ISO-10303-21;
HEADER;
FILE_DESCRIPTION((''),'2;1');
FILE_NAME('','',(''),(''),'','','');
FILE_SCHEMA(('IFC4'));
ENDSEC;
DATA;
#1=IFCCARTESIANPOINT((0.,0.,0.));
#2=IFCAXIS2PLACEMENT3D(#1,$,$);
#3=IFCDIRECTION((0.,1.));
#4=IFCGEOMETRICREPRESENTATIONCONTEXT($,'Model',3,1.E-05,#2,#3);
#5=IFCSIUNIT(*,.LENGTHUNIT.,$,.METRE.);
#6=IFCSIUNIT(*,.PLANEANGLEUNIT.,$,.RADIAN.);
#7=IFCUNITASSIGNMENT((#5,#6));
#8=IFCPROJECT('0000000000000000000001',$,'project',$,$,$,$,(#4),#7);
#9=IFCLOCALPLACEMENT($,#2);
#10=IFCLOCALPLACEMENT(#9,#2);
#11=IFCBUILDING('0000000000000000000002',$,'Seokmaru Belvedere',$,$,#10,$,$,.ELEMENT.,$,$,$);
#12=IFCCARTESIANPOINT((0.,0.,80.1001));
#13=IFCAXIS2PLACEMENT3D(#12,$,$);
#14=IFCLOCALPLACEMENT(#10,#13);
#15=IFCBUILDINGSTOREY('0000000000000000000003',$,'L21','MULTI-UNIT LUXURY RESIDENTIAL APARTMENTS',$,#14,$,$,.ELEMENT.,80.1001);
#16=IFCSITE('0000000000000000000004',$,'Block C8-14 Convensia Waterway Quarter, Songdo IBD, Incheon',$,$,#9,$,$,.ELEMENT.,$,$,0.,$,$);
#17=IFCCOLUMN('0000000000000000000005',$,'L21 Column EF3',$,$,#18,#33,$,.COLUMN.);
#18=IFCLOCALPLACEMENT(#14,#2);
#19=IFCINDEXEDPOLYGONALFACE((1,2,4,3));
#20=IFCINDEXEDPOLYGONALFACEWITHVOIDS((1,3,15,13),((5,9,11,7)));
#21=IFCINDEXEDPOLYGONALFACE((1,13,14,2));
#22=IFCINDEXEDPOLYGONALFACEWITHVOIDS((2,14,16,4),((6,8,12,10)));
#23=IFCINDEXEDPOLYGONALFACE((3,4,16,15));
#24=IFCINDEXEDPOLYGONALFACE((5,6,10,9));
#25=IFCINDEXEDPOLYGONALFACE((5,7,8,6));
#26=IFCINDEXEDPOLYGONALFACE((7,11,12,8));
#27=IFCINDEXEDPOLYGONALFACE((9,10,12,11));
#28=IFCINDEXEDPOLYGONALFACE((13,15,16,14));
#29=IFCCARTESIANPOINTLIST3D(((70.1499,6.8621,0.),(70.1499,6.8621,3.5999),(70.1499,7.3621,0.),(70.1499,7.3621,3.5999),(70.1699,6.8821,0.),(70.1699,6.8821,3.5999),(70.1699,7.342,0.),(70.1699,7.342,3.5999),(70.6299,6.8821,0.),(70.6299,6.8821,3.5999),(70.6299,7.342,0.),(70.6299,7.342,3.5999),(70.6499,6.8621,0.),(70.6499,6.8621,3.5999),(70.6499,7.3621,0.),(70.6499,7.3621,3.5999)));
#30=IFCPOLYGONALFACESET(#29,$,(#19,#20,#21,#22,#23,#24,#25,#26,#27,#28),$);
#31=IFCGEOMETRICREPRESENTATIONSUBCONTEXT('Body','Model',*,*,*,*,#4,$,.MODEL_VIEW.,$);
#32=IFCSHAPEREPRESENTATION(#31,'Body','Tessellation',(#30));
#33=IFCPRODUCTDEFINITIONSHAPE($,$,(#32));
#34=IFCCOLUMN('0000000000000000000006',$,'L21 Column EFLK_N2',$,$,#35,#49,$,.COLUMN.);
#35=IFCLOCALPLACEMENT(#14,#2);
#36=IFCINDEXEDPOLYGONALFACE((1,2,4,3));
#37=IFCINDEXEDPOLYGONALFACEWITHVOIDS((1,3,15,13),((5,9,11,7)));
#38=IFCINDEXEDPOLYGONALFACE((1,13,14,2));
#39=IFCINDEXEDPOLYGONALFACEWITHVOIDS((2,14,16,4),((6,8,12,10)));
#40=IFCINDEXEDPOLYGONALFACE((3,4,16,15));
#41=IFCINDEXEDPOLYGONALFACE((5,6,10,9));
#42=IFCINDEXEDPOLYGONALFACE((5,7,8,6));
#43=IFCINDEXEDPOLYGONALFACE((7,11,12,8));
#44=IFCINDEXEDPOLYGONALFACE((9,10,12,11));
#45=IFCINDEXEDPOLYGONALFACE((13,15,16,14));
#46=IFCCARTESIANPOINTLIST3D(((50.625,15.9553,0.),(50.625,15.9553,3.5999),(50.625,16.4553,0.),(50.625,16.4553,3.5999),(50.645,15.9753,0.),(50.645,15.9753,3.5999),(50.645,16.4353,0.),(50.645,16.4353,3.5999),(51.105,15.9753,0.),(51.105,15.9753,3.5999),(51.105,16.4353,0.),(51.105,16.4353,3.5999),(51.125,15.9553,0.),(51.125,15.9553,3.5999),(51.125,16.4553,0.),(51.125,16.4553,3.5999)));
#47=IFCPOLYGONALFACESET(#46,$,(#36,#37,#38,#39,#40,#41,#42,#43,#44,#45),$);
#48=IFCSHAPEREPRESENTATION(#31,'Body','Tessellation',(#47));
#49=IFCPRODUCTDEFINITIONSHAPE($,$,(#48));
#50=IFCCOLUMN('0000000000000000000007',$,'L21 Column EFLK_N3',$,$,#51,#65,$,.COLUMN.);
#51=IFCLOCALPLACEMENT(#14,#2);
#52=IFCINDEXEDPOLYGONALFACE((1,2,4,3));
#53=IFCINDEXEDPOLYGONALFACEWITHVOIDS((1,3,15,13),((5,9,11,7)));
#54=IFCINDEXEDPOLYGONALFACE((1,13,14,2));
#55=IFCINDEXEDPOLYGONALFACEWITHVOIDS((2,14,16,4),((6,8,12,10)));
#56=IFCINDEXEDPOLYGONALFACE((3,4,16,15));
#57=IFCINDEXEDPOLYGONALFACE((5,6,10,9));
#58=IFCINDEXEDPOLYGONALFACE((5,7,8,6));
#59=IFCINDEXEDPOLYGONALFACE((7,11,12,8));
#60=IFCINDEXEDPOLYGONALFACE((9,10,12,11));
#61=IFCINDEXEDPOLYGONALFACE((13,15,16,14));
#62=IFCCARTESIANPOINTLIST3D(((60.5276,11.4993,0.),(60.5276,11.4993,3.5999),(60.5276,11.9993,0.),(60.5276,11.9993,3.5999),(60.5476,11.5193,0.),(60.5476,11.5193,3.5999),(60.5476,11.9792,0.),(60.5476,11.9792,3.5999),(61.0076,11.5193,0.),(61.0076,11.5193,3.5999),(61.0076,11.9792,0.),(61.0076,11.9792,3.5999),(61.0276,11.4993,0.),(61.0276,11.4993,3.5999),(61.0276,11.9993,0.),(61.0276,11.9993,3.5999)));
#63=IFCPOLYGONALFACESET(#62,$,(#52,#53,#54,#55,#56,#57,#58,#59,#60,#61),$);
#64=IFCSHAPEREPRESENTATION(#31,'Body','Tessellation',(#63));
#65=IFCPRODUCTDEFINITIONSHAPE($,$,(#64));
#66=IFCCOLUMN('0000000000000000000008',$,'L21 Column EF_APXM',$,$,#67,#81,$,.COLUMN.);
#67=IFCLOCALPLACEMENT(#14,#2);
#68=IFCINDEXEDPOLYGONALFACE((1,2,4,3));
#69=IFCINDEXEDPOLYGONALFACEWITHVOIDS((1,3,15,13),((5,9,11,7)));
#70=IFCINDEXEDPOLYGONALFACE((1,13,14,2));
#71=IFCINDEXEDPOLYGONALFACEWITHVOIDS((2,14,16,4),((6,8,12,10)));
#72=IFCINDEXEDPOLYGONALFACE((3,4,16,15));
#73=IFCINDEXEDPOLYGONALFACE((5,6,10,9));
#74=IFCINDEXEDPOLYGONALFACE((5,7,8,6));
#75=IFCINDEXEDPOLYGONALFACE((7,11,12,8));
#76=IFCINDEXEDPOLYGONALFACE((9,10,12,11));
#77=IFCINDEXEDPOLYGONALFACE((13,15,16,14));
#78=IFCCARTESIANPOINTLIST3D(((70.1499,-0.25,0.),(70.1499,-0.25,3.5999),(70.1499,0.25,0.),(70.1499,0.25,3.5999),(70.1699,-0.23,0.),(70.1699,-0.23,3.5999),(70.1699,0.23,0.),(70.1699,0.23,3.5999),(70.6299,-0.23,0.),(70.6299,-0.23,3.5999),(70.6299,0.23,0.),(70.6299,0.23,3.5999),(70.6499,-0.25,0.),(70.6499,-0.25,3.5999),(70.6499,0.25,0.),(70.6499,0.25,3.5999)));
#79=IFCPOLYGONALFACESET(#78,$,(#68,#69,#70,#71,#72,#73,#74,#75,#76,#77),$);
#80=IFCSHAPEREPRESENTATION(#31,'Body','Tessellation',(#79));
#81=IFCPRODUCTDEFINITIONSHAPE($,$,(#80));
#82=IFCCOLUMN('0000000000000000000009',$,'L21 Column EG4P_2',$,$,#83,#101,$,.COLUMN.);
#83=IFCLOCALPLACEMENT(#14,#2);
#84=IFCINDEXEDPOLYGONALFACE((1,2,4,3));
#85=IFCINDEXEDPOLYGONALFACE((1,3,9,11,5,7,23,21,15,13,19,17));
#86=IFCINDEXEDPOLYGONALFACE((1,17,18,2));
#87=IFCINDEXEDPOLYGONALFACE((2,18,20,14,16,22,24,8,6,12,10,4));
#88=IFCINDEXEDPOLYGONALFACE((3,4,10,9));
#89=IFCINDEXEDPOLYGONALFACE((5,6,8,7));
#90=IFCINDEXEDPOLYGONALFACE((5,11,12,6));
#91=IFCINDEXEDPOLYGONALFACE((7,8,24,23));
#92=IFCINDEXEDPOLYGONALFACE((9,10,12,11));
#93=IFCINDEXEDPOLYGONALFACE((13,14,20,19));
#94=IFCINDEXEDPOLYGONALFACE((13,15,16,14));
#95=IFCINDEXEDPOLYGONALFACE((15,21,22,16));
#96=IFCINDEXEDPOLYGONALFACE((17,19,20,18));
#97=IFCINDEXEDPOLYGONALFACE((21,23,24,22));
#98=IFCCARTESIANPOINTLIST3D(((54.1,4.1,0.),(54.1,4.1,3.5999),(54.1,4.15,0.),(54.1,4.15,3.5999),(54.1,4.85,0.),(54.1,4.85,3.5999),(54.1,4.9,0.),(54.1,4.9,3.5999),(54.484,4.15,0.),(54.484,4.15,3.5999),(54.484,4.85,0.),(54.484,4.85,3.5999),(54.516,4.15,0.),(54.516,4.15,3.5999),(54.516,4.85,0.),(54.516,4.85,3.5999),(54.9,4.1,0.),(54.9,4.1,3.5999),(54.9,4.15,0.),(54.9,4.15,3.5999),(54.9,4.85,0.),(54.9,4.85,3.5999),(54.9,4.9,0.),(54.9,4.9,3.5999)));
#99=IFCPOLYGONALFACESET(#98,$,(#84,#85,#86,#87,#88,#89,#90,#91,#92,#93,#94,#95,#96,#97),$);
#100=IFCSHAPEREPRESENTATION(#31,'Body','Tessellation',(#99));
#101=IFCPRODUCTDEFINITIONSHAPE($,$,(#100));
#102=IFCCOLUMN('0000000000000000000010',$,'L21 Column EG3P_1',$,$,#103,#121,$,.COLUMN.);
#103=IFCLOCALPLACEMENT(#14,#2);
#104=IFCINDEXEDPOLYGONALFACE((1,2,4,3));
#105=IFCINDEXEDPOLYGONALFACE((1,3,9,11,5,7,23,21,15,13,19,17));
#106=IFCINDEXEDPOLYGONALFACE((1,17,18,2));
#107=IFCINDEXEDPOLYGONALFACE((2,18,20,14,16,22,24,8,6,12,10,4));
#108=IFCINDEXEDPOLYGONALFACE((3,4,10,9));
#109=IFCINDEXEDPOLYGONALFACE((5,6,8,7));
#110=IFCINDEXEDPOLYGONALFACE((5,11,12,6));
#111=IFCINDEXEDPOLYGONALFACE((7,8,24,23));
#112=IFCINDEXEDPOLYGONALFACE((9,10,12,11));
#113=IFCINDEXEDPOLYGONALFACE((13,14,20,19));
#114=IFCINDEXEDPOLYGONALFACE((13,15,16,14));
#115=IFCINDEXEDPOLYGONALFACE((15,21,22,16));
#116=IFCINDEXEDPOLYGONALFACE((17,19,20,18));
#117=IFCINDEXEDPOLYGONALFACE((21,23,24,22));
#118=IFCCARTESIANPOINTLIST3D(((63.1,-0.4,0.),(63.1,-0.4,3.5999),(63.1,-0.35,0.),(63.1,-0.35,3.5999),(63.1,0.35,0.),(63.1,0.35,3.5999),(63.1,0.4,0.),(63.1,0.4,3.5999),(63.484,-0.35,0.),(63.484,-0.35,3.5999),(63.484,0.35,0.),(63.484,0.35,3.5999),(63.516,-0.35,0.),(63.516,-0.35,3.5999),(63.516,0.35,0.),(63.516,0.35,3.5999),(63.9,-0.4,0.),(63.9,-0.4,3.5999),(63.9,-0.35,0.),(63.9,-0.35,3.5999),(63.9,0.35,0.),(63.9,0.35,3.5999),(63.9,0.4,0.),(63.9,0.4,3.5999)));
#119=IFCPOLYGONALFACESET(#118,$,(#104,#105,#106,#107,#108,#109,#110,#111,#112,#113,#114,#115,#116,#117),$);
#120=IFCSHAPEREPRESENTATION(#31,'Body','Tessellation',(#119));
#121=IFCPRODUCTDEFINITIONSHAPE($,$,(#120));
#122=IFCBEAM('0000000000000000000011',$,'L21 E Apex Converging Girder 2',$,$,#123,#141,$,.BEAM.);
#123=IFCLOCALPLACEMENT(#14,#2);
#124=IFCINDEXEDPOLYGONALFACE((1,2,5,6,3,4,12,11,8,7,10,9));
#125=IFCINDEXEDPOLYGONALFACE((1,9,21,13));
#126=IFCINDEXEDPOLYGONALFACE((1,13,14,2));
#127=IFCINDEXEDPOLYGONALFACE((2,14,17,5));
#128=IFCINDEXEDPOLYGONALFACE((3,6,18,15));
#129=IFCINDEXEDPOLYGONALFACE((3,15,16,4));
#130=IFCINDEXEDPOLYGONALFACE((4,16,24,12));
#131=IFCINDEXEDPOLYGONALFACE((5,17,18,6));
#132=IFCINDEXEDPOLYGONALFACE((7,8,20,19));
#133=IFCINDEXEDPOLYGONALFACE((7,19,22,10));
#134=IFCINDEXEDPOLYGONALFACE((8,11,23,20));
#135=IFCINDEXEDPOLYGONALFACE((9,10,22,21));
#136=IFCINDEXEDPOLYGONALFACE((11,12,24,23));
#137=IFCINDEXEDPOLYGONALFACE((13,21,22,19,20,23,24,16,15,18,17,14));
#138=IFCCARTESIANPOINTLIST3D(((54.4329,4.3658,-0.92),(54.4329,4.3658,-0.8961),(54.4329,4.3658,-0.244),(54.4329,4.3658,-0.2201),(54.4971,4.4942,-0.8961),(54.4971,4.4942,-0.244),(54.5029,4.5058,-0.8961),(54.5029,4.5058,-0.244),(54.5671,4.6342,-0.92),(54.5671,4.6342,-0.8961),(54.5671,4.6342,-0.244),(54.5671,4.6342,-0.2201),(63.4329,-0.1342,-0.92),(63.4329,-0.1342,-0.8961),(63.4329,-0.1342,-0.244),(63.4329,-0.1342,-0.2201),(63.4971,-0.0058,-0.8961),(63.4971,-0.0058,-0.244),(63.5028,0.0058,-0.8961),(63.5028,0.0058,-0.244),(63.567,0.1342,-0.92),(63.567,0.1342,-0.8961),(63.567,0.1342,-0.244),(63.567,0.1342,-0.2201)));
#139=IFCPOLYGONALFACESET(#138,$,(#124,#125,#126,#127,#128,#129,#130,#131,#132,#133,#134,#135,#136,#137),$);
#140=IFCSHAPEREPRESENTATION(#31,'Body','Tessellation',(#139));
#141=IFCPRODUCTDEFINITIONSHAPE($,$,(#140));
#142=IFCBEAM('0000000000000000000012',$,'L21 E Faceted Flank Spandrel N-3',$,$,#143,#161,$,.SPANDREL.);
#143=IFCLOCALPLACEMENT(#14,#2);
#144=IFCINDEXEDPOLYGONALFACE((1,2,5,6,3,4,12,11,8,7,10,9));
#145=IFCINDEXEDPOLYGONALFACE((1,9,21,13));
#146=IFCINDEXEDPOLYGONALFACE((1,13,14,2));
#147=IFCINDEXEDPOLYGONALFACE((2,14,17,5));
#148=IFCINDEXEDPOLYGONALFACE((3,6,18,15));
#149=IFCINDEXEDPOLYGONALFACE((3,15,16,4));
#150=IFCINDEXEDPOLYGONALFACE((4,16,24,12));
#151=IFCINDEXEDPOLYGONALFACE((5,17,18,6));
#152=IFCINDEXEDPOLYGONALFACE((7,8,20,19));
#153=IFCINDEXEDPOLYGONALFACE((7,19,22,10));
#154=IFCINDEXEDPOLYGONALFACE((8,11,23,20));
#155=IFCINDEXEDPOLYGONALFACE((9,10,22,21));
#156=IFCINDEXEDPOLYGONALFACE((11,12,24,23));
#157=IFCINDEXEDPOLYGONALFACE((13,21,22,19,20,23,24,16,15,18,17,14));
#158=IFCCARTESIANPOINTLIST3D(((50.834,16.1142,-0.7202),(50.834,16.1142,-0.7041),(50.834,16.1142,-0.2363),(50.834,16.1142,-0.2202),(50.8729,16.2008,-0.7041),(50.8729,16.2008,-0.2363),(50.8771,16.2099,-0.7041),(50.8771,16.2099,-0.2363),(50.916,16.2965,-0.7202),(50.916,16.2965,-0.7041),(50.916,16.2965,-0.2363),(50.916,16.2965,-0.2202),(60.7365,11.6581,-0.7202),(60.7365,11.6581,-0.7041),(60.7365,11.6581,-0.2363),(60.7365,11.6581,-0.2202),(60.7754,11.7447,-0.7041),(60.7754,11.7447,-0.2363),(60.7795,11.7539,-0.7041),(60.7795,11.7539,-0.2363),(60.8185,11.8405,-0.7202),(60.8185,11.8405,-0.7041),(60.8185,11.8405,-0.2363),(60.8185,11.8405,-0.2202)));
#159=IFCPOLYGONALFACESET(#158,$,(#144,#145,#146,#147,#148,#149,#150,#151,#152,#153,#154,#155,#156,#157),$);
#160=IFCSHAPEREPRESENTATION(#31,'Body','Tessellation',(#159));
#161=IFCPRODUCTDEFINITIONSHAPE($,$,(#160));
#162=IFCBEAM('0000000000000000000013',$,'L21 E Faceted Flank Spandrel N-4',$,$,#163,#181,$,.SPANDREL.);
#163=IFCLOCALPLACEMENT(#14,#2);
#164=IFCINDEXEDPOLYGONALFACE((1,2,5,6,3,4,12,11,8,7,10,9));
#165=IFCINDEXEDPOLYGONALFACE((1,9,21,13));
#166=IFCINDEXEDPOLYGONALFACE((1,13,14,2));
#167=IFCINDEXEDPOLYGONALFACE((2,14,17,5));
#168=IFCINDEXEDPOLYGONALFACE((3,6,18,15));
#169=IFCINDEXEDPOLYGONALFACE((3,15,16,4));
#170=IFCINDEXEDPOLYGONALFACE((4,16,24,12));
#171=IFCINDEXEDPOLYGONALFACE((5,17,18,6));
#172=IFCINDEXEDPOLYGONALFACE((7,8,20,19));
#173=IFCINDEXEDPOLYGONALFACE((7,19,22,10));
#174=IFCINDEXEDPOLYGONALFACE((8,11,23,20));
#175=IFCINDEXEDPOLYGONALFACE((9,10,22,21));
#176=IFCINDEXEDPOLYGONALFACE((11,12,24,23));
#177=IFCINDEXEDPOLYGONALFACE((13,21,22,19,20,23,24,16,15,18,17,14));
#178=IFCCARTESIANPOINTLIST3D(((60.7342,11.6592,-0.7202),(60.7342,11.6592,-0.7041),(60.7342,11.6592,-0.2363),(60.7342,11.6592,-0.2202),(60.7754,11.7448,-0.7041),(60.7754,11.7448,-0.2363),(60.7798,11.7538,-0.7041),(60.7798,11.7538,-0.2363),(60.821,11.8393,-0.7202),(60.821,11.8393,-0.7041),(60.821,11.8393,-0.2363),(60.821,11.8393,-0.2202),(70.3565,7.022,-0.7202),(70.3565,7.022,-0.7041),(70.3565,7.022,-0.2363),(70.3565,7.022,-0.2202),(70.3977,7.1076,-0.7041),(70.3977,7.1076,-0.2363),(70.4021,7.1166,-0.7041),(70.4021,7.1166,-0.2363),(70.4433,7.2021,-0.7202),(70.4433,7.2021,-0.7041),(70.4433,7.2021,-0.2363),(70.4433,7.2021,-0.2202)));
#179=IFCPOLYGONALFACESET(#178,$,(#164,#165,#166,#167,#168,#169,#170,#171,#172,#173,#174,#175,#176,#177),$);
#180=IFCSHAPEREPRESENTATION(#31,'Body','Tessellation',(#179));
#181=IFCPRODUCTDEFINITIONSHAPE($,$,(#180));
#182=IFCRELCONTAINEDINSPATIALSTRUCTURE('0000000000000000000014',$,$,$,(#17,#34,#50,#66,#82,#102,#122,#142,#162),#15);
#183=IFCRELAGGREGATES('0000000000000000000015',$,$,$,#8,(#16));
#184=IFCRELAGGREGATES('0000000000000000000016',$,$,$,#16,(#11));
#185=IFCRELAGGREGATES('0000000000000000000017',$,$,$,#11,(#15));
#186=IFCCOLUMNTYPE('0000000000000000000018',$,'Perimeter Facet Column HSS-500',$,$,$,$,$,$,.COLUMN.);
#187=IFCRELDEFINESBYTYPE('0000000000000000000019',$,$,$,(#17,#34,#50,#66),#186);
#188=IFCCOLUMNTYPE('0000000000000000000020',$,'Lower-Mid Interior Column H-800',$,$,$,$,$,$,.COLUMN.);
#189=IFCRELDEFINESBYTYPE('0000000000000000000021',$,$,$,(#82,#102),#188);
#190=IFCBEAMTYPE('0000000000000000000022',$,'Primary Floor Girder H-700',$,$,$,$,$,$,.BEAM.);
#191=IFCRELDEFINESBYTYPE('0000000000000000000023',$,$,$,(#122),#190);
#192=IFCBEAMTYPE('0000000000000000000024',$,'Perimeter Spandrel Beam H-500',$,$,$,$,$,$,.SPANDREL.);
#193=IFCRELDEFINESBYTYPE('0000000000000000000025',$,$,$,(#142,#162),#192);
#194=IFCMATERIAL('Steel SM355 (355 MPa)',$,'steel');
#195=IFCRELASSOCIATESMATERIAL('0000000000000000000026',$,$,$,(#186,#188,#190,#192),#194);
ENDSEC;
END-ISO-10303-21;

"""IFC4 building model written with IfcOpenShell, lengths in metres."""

from ifc_helpers import new_model, si_unit, direction, frame, origin, origin_2d, place, context, subcontext, project, spatial, hollow_rectangle, i_section, extrude, source, transform, mapped, material, material_profile, profile_set, type_object, type_shapes, element, save


model = new_model("IFC4")

# Units and contexts
model_context = context("Model", 3, precision=1e-05, world=origin(), true_north=direction((0.0, 1.0)))
body_context = subcontext(model_context, "Body", "Model", "MODEL_VIEW")
ifc_project = project(units=[si_unit("LENGTHUNIT", "METRE"), si_unit("PLANEANGLEUNIT", "RADIAN")], contexts=[model_context])

# Site, building, storey
site_placement = place(None, origin())
site = spatial("IfcSite", under=ifc_project, at=site_placement, Name="Block C8-14 Convensia Waterway Quarter, Songdo IBD, Incheon", CompositionType="ELEMENT", RefElevation=0.0)
building_placement = place(site_placement, origin())
building = spatial("IfcBuilding", under=site, at=building_placement, Name="Seokmaru Belvedere", CompositionType="ELEMENT")
storey_placement = place(building_placement, frame((0.0, 0.0, 80.1001)))
storey = spatial("IfcBuildingStorey", under=building, at=storey_placement, Name="L21", Description="MULTI-UNIT LUXURY RESIDENTIAL APARTMENTS", CompositionType="ELEMENT", Elevation=80.1001)

# Columns
ifc_material_1 = material(Name="Steel SM355 (355 MPa)", Category="steel")
ifc_material_profile_1 = material_profile(ifc_material_1, hollow_rectangle(XDim=0.5, YDim=0.5, WallThickness=0.02, at=origin_2d()), Name="HSS-500x500x20")
ifc_profile_set_1 = profile_set([ifc_material_profile_1], Name="Steel SM355 (355 MPa)")
column_type_1 = type_object("IfcColumnType", Name="Perimeter Facet Column HSS-500", PredefinedType="COLUMN", material=ifc_profile_set_1)
shared_shape_1 = source(origin(), body_context, "Body", "SweptSolid", [
    extrude(hollow_rectangle(XDim=0.5, YDim=0.5, WallThickness=0.02, at=origin_2d()), origin(), (0.0, 0.0, 1.0), 3.5999),
])
type_shapes(column_type_1, [shared_shape_1])
for number, where, z_axis, x_axis, name in (
    (1, (70.3999, 7.1121, 0.0), (0.0, 0.0, 1.0), (1.0, 0.0, 0.0), "L21 Column EF3"),
    (2, (50.875, 16.2053, 0.0), (0.0, 0.0, 1.0), (1.0, 0.0, 0.0), "L21 Column EFLK_N2"),
    (3, (60.7776, 11.7493, 0.0), (0.0, 0.0, 1.0), (1.0, 0.0, 0.0), "L21 Column EFLK_N3"),
    (4, (70.3999, 0.0, 0.0), (0.0, 0.0, 1.0), (1.0, 0.0, 0.0), "L21 Column EF_APXM"),
):
    element("IfcColumn", number, at=place(storey_placement, frame(where, z_axis=z_axis, x_axis=x_axis)), inside=storey, type_object=column_type_1, Name=name, PredefinedType="COLUMN", context=body_context, shape_type="MappedRepresentation", body=[
        mapped(shared_shape_1, transform((0.0, 0.0, 0.0), scale=1.0)),
    ])
ifc_material_profile_2 = material_profile(ifc_material_1, i_section(OverallWidth=0.8, OverallDepth=0.8, WebThickness=0.032, FlangeThickness=0.05, at=origin_2d()), Name="H-800x800x32x50")
ifc_profile_set_2 = profile_set([ifc_material_profile_2], Name="Steel SM355 (355 MPa)")
column_type_2 = type_object("IfcColumnType", Name="Lower-Mid Interior Column H-800", PredefinedType="COLUMN", material=ifc_profile_set_2)
shared_shape_2 = source(origin(), body_context, "Body", "SweptSolid", [
    extrude(i_section(OverallWidth=0.8, OverallDepth=0.8, WebThickness=0.032, FlangeThickness=0.05, at=origin_2d()), origin(), (0.0, 0.0, 1.0), 3.5999),
])
type_shapes(column_type_2, [shared_shape_2])
for number, where, z_axis, x_axis, name in (
    (5, (54.5, 4.5, 0.0), (0.0, 0.0, 1.0), (1.0, 0.0, 0.0), "L21 Column EG4P_2"),
    (6, (63.5, 0.0, 0.0), (0.0, 0.0, 1.0), (1.0, 0.0, 0.0), "L21 Column EG3P_1"),
):
    element("IfcColumn", number, at=place(storey_placement, frame(where, z_axis=z_axis, x_axis=x_axis)), inside=storey, type_object=column_type_2, Name=name, PredefinedType="COLUMN", context=body_context, shape_type="MappedRepresentation", body=[
        mapped(shared_shape_2, transform((0.0, 0.0, 0.0), scale=1.0)),
    ])

# Beams
ifc_material_profile_3 = material_profile(ifc_material_1, i_section(OverallWidth=0.3, OverallDepth=0.7, WebThickness=0.0129, FlangeThickness=0.0239, at=origin_2d()), Name="H-700x300x13x24")
ifc_profile_set_3 = profile_set([ifc_material_profile_3], Name="Steel SM355 (355 MPa)")
beam_type_1 = type_object("IfcBeamType", Name="Primary Floor Girder H-700", PredefinedType="BEAM", material=ifc_profile_set_3)
shared_shape_3 = source(origin(), body_context, "Body", "SweptSolid", [
    extrude(i_section(OverallWidth=0.3, OverallDepth=0.7, WebThickness=0.0129, FlangeThickness=0.0239, at=origin_2d()), origin(), (0.0, 0.0, 1.0), 10.0623),
])
beam_1_placement = place(storey_placement, frame((54.5, 4.5, -0.5701), z_axis=(0.894427, -0.447214, 0.0), x_axis=(0.447214, 0.894427, 0.0)))
element("IfcBeam", 7, at=beam_1_placement, inside=storey, type_object=beam_type_1, Name="L21 E Apex Converging Girder 2", PredefinedType="BEAM", context=body_context, shape_type="MappedRepresentation", body=[
    mapped(shared_shape_3, transform((0.0, 0.0, 0.0), scale=1.0)),
])
ifc_material_profile_4 = material_profile(ifc_material_1, i_section(OverallWidth=0.2, OverallDepth=0.5, WebThickness=0.01, FlangeThickness=0.0161, at=origin_2d()), Name="H-500x200x10x16")
ifc_profile_set_4 = profile_set([ifc_material_profile_4], Name="Steel SM355 (355 MPa)")
beam_type_2 = type_object("IfcBeamType", Name="Perimeter Spandrel Beam H-500", PredefinedType="SPANDREL", material=ifc_profile_set_4)
shared_shape_4 = source(origin(), body_context, "Body", "SweptSolid", [
    extrude(i_section(OverallWidth=0.2, OverallDepth=0.5, WebThickness=0.01, FlangeThickness=0.0161, at=origin_2d()), origin(), (0.0, 0.0, 1.0), 10.8589),
])
beam_2_placement = place(storey_placement, frame((50.875, 16.2053, -0.4702), z_axis=(0.911925, -0.410356, 0.0), x_axis=(0.410356, 0.911925, 0.0)))
element("IfcBeam", 8, at=beam_2_placement, inside=storey, type_object=beam_type_2, Name="L21 E Faceted Flank Spandrel N-3", PredefinedType="SPANDREL", context=body_context, shape_type="MappedRepresentation", body=[
    mapped(shared_shape_4, transform((0.0, 0.0, 0.0), scale=1.0)),
])
shared_shape_5 = source(origin(), body_context, "Body", "SweptSolid", [
    extrude(i_section(OverallWidth=0.2, OverallDepth=0.5, WebThickness=0.01, FlangeThickness=0.0161, at=origin_2d()), origin(), (0.0, 0.0, 1.0), 10.6814),
])
beam_3_placement = place(storey_placement, frame((60.7776, 11.7493, -0.4702), z_axis=(0.900846, -0.434138, 0.0), x_axis=(0.434138, 0.900846, 0.0)))
element("IfcBeam", 9, at=beam_3_placement, inside=storey, type_object=beam_type_2, Name="L21 E Faceted Flank Spandrel N-4", PredefinedType="SPANDREL", context=body_context, shape_type="MappedRepresentation", body=[
    mapped(shared_shape_5, transform((0.0, 0.0, 0.0), scale=1.0)),
])

save(model, "model.ifc")
